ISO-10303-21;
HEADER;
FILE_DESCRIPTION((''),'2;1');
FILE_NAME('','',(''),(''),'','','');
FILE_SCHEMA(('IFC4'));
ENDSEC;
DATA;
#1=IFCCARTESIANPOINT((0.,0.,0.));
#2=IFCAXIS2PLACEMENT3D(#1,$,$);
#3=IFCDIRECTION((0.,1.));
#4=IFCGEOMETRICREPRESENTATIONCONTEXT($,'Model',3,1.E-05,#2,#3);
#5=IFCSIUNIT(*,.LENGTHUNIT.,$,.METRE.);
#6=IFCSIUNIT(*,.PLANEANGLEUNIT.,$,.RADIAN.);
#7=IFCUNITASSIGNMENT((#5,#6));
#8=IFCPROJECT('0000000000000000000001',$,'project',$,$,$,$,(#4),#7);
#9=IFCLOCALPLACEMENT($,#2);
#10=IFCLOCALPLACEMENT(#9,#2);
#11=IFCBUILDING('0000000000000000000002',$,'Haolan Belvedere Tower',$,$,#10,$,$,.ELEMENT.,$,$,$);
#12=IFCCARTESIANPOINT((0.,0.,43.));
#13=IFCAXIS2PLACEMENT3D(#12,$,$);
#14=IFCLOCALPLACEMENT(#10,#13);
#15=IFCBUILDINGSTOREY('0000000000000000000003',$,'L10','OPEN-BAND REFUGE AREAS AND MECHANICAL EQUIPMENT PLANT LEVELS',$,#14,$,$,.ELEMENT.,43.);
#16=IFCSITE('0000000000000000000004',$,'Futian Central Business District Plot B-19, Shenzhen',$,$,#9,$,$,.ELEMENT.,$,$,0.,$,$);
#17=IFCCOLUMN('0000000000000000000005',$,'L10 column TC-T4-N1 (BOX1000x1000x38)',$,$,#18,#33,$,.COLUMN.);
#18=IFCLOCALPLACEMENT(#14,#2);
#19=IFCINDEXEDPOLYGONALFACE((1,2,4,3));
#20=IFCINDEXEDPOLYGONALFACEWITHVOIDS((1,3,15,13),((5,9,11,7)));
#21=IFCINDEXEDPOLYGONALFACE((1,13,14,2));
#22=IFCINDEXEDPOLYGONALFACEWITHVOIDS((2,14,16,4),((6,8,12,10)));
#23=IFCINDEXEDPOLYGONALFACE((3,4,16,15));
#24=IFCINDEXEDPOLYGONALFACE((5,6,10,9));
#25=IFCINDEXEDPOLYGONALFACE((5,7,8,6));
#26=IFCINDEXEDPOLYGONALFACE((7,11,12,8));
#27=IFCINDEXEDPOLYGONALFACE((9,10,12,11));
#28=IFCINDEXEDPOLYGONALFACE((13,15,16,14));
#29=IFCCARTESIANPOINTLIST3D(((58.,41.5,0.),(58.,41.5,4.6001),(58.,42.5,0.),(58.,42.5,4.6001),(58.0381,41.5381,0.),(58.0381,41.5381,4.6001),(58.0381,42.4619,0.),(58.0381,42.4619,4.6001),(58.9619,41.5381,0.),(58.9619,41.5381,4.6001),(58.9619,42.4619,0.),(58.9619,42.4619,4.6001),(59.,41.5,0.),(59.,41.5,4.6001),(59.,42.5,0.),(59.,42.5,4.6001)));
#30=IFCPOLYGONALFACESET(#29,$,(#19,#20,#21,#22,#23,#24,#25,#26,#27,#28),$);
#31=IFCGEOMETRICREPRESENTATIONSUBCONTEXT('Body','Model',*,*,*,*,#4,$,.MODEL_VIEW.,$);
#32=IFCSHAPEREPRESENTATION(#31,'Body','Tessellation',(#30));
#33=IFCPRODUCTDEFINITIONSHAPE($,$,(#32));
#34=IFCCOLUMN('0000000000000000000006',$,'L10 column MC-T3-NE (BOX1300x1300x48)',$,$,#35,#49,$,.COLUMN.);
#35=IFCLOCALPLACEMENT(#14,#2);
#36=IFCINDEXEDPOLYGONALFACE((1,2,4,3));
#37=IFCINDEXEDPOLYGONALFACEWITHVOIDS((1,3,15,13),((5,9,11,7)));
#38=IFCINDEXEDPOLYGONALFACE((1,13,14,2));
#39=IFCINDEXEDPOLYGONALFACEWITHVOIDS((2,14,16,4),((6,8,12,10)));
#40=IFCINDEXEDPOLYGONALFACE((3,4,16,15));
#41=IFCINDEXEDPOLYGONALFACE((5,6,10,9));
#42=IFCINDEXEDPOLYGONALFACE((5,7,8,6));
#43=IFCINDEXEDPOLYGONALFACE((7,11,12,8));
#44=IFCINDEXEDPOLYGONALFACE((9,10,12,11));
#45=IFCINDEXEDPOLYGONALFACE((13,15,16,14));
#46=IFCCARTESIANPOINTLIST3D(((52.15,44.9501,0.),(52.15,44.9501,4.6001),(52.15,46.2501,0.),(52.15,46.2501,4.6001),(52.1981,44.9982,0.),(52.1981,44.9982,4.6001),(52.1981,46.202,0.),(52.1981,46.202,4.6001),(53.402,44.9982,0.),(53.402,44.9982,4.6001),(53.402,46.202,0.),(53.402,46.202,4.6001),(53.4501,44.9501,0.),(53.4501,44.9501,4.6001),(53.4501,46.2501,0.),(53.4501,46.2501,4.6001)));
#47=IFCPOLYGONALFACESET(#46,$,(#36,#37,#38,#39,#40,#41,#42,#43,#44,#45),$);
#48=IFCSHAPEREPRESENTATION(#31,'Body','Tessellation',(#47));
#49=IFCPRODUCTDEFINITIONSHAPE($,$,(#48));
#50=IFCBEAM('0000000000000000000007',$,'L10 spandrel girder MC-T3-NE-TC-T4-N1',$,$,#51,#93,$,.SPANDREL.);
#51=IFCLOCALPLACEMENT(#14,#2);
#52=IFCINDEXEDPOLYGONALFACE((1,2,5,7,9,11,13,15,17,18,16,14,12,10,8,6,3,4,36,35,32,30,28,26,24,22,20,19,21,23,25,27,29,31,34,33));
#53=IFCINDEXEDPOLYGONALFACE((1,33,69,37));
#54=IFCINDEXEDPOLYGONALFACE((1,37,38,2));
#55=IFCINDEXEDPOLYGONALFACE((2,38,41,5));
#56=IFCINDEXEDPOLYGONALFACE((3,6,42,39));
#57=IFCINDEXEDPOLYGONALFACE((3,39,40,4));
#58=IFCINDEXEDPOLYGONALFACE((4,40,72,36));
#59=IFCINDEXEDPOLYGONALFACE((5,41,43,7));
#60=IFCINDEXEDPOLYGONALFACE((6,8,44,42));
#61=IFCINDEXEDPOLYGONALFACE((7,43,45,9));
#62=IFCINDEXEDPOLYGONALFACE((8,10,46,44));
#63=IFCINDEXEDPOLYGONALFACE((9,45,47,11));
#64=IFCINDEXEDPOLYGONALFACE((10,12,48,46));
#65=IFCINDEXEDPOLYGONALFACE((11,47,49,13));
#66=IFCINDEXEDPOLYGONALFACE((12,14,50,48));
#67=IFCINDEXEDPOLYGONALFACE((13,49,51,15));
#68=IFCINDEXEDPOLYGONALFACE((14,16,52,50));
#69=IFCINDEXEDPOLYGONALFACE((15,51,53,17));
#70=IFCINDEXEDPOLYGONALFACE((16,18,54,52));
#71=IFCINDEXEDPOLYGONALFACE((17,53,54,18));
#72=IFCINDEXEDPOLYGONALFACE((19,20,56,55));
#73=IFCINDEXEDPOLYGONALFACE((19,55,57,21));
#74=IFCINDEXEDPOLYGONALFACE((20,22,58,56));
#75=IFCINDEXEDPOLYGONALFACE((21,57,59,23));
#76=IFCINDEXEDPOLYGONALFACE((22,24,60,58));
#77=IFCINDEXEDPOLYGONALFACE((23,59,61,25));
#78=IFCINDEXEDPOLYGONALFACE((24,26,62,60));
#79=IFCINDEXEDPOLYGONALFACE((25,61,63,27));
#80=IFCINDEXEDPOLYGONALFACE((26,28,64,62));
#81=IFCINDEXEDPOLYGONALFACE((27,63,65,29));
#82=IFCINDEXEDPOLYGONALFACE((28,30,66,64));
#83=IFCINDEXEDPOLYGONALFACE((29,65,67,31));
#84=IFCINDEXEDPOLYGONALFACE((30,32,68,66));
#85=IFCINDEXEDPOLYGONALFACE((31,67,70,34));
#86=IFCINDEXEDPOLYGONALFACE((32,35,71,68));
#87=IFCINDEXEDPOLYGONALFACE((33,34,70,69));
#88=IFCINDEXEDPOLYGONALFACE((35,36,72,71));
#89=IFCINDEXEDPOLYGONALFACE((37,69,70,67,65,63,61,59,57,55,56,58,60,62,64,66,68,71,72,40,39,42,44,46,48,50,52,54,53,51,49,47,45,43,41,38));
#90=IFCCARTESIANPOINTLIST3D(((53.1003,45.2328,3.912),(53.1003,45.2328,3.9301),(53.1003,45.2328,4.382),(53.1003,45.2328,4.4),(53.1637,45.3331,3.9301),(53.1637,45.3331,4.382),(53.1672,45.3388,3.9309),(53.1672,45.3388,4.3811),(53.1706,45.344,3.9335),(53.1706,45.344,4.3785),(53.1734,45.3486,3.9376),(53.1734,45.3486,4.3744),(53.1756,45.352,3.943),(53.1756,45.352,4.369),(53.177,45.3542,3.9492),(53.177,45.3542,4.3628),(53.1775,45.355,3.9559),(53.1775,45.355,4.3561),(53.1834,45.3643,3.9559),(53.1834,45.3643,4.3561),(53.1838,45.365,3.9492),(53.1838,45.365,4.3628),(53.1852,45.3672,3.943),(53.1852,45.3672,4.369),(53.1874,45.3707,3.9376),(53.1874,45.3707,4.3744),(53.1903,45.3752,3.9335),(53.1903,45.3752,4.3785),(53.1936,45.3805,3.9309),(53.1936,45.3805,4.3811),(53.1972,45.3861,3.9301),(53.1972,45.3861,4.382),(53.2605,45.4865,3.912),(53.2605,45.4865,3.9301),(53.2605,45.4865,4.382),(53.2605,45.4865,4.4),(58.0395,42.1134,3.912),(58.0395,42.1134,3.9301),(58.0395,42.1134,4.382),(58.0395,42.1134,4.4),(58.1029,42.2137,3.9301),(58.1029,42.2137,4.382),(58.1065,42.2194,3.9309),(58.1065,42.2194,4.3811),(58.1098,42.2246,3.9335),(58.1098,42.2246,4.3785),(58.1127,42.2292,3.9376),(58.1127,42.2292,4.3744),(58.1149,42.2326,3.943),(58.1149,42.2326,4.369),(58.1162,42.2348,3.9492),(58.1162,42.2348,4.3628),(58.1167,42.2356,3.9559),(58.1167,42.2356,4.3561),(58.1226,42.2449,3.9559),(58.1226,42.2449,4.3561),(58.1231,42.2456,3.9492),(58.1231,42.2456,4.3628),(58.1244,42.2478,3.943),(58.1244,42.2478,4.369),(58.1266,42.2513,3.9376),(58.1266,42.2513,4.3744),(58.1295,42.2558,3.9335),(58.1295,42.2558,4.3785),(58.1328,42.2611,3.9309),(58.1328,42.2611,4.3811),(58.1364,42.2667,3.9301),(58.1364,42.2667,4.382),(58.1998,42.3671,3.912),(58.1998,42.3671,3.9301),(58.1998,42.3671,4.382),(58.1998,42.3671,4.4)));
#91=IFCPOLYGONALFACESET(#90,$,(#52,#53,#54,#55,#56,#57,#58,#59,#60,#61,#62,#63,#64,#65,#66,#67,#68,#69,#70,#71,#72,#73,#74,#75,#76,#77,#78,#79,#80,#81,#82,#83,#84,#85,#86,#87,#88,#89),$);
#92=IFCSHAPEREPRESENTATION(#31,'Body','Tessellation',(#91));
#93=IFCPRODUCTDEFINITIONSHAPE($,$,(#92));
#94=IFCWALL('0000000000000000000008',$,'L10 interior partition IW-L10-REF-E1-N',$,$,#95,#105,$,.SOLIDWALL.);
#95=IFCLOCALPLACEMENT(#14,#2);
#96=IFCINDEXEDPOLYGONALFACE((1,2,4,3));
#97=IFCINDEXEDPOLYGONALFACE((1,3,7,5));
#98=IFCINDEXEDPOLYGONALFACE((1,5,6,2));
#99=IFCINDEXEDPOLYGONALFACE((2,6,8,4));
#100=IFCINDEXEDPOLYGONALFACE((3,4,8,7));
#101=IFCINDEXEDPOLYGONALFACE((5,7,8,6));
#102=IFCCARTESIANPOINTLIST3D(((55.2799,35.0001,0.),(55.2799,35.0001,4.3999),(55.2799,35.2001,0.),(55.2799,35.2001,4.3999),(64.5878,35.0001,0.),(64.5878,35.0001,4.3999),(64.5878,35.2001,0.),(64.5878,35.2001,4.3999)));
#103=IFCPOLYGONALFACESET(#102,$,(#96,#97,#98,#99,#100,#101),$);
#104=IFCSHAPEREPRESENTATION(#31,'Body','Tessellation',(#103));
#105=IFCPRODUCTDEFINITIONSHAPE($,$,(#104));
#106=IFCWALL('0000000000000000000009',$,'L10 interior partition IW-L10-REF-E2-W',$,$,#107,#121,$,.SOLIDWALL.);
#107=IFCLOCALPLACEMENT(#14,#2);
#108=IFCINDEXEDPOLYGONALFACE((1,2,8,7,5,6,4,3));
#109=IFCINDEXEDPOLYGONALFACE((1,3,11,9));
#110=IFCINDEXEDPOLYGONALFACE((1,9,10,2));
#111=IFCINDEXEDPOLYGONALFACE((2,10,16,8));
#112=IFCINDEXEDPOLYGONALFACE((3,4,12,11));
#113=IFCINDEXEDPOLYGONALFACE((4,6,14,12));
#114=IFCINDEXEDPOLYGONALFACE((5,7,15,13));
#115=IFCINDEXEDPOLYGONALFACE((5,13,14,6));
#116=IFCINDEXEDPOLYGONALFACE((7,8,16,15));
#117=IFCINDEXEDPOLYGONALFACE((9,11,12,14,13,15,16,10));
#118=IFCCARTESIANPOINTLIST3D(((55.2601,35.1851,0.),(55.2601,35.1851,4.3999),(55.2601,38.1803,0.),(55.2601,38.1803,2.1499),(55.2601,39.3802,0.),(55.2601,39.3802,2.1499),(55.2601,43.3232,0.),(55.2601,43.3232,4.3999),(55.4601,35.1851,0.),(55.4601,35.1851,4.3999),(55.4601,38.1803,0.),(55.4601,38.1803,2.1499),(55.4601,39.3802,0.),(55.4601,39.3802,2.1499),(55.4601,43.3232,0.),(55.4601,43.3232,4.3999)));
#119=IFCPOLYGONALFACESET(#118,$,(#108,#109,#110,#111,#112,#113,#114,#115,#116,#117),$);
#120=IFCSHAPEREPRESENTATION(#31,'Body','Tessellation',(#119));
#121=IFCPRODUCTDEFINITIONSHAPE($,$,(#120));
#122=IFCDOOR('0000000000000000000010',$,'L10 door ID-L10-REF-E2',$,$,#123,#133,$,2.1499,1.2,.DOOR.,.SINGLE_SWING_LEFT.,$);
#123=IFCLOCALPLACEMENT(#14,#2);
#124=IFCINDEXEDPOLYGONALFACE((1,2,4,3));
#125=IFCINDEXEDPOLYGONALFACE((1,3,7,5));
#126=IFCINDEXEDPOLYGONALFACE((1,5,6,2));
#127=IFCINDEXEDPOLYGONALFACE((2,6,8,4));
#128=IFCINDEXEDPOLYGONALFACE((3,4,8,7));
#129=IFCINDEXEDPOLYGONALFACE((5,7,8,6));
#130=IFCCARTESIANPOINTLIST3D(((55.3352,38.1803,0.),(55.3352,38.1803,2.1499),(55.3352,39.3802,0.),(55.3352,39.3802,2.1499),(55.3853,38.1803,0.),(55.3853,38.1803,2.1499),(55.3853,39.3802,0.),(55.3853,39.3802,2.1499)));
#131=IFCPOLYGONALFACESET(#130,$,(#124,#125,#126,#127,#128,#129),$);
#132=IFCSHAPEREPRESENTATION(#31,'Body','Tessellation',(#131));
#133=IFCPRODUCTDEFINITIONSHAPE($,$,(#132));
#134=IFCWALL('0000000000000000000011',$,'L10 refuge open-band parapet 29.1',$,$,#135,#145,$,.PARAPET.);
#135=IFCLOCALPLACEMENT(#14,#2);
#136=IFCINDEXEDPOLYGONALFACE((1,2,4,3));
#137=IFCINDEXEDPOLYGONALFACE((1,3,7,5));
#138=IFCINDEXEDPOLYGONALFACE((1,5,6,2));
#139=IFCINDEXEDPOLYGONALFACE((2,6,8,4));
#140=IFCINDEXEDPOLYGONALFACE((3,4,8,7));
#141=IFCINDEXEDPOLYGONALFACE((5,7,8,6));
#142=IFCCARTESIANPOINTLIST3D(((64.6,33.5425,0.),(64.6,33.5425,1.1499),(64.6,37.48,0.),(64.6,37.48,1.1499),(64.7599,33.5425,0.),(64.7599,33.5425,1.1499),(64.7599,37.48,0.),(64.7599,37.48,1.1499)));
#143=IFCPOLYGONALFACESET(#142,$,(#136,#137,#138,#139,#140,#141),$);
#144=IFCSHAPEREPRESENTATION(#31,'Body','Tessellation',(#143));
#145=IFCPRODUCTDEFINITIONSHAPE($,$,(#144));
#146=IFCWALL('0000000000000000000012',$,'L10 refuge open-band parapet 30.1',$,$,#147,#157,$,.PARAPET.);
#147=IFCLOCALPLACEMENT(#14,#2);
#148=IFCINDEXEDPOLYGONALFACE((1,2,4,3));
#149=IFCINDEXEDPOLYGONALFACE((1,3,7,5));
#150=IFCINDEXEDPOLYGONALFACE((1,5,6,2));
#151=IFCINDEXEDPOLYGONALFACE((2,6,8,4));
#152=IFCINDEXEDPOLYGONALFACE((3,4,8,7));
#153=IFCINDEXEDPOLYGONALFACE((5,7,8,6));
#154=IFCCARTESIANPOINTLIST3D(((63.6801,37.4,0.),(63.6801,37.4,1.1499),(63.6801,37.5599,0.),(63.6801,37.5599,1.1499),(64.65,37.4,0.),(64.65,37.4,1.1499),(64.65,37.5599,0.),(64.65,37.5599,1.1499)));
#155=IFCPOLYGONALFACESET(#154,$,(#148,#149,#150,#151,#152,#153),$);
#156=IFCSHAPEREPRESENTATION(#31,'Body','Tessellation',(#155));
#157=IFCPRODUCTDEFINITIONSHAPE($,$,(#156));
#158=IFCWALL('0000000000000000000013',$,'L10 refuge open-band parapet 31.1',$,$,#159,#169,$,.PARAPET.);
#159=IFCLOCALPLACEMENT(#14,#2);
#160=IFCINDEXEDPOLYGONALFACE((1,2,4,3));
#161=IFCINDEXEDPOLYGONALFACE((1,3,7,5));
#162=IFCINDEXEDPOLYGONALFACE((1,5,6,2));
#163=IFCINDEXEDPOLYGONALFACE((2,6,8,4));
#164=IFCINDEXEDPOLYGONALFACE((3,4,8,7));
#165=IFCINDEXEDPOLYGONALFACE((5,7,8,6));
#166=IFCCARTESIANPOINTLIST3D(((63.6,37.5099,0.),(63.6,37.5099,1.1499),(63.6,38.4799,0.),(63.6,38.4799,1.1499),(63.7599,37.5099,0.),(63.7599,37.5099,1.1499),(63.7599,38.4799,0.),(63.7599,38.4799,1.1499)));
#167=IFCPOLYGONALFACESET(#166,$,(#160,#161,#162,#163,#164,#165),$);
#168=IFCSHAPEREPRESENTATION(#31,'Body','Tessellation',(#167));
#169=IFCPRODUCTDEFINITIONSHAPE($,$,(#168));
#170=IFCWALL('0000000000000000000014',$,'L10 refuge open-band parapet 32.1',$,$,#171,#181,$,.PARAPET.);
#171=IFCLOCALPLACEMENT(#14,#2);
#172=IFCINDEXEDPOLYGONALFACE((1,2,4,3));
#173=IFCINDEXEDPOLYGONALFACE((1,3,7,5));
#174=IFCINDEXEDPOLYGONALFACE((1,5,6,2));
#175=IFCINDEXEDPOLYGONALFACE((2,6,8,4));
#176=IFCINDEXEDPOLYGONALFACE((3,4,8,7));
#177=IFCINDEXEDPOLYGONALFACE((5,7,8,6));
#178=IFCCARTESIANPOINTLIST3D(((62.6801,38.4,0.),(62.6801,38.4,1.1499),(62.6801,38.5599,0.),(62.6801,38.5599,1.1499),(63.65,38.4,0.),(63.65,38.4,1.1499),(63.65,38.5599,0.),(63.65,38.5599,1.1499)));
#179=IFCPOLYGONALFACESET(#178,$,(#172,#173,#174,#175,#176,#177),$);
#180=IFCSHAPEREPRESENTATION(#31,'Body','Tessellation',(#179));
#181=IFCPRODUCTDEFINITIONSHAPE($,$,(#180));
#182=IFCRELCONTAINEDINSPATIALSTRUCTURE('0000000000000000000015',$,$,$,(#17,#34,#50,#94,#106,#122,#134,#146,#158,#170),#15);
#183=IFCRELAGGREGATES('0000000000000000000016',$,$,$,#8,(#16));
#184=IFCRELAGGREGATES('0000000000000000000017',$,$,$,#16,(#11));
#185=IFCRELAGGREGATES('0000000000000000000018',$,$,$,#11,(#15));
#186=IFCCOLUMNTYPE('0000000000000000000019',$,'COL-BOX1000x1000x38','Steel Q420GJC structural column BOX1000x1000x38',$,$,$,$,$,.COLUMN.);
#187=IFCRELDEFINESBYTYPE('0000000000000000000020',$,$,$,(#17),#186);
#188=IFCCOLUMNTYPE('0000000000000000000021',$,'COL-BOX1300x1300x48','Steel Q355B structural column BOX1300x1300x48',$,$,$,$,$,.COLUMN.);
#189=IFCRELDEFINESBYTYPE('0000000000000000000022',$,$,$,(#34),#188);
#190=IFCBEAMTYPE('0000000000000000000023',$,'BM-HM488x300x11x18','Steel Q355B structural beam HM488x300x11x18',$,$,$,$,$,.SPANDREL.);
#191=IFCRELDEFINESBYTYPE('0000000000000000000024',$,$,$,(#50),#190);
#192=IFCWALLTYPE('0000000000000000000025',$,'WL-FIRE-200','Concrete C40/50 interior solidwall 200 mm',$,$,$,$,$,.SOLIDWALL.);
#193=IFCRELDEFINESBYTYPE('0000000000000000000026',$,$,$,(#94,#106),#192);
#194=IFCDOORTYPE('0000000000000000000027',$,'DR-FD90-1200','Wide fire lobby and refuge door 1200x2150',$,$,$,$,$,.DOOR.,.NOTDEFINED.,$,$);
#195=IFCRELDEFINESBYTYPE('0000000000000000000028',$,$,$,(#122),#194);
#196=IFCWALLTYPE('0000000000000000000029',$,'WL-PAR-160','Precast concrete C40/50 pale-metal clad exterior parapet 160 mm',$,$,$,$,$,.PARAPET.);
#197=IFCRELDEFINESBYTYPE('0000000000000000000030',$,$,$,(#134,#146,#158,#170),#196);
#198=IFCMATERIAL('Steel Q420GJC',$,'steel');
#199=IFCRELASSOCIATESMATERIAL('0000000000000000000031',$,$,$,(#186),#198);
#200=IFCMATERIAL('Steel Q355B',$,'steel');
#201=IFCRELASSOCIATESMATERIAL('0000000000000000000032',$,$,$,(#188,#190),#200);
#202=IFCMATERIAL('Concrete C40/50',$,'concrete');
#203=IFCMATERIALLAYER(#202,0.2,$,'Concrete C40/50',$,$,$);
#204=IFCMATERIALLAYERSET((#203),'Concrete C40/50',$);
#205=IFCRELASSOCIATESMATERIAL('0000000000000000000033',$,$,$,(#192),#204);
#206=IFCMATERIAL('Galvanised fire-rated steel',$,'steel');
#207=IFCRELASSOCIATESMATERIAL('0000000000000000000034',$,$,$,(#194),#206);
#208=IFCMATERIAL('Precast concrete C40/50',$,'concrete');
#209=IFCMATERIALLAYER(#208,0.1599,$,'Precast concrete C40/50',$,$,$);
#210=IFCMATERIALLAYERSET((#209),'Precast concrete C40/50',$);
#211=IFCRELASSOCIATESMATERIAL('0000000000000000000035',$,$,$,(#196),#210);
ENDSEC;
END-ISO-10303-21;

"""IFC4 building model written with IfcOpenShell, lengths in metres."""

from ifc_helpers import new_model, si_unit, direction, frame, frame_2d, origin, origin_2d, place, context, subcontext, project, spatial, rectangle, hollow_rectangle, i_section, extrude, material, layer, layer_set, material_profile, profile_set, type_object, element, fill, save


model = new_model("IFC4")

# Units and contexts
model_context = context("Model", 3, precision=1e-05, world=origin(), true_north=direction((0.0, 1.0)))
body_context = subcontext(model_context, "Body", "Model", "MODEL_VIEW")
ifc_project = project(units=[si_unit("LENGTHUNIT", "METRE"), si_unit("PLANEANGLEUNIT", "RADIAN")], contexts=[model_context])

# Site, building, storey
site_placement = place(None, origin())
site = spatial("IfcSite", under=ifc_project, at=site_placement, Name="Futian Central Business District Plot B-19, Shenzhen", CompositionType="ELEMENT", RefElevation=0.0)
building_placement = place(site_placement, origin())
building = spatial("IfcBuilding", under=site, at=building_placement, Name="Haolan Belvedere Tower", CompositionType="ELEMENT")
storey_placement = place(building_placement, frame((0.0, 0.0, 43.0)))
storey = spatial("IfcBuildingStorey", under=building, at=storey_placement, Name="L10", Description="OPEN-BAND REFUGE AREAS AND MECHANICAL EQUIPMENT PLANT LEVELS", CompositionType="ELEMENT", Elevation=43.0)

# Columns
ifc_material_1 = material(Name="Steel Q420GJC", Category="steel")
ifc_material_profile_1 = material_profile(ifc_material_1, hollow_rectangle(XDim=1.0, YDim=1.0, WallThickness=0.0381, at=origin_2d()), Name="Steel Q420GJC")
ifc_profile_set_1 = profile_set([ifc_material_profile_1], Name="Steel Q420GJC")
column_type_1 = type_object("IfcColumnType", Name="COL-BOX1000x1000x38", Description="Steel Q420GJC structural column BOX1000x1000x38", PredefinedType="COLUMN", material=ifc_profile_set_1)
column_1_placement = place(storey_placement, frame((58.5, 42.0, 0.0), z_axis=(0.0, 0.0, 1.0), x_axis=(1.0, 0.0, 0.0)))
element("IfcColumn", 1, at=column_1_placement, inside=storey, type_object=column_type_1, Name="L10 column TC-T4-N1 (BOX1000x1000x38)", PredefinedType="COLUMN", context=body_context, shape_type="SweptSolid", body=[
    extrude(hollow_rectangle(XDim=1.0, YDim=1.0, WallThickness=0.0381, at=origin_2d()), origin(), (0.0, 0.0, 1.0), 4.6001),
])
ifc_material_2 = material(Name="Steel Q355B", Category="steel")
ifc_material_profile_2 = material_profile(ifc_material_2, hollow_rectangle(XDim=1.3, YDim=1.3, WallThickness=0.0481, at=origin_2d()), Name="Steel Q355B")
ifc_profile_set_2 = profile_set([ifc_material_profile_2], Name="Steel Q355B")
column_type_2 = type_object("IfcColumnType", Name="COL-BOX1300x1300x48", Description="Steel Q355B structural column BOX1300x1300x48", PredefinedType="COLUMN", material=ifc_profile_set_2)
column_2_placement = place(storey_placement, frame((52.8, 45.6001, 0.0), z_axis=(0.0, 0.0, 1.0), x_axis=(1.0, 0.0, 0.0)))
element("IfcColumn", 2, at=column_2_placement, inside=storey, type_object=column_type_2, Name="L10 column MC-T3-NE (BOX1300x1300x48)", PredefinedType="COLUMN", context=body_context, shape_type="SweptSolid", body=[
    extrude(hollow_rectangle(XDim=1.3, YDim=1.3, WallThickness=0.0481, at=origin_2d()), origin(), (0.0, 0.0, 1.0), 4.6001),
])

# Beam
ifc_material_profile_3 = material_profile(ifc_material_2, i_section(OverallWidth=0.3, OverallDepth=0.488, WebThickness=0.011, FlangeThickness=0.0181, FilletRadius=0.0259, at=origin_2d()), Name="Steel Q355B")
ifc_profile_set_3 = profile_set([ifc_material_profile_3], Name="Steel Q355B")
beam_type = type_object("IfcBeamType", Name="BM-HM488x300x11x18", Description="Steel Q355B structural beam HM488x300x11x18", PredefinedType="SPANDREL", material=ifc_profile_set_3)
beam_placement = place(storey_placement, frame((53.1804, 45.3596, 4.156), z_axis=(0.845498, -0.533979, 0.0), x_axis=(0.533979, 0.845498, 0.0)))
element("IfcBeam", 3, at=beam_placement, inside=storey, type_object=beam_type, Name="L10 spandrel girder MC-T3-NE-TC-T4-N1", PredefinedType="SPANDREL", context=body_context, shape_type="SweptSolid", body=[
    extrude(i_section(OverallWidth=0.3, OverallDepth=0.488, WebThickness=0.011, FlangeThickness=0.0181, FilletRadius=0.0259, at=origin_2d()), origin(), (0.0, 0.0, 1.0), 5.8418),
])

# Wall
ifc_material_3 = material(Name="Concrete C40/50", Category="concrete")
ifc_layer_1 = layer(ifc_material_3, 0.2, Name="Concrete C40/50")
ifc_layer_set_1 = layer_set([ifc_layer_1], Name="Concrete C40/50")
wall_type_1 = type_object("IfcWallType", Name="WL-FIRE-200", Description="Concrete C40/50 interior solidwall 200 mm", PredefinedType="SOLIDWALL", material=ifc_layer_set_1)
wall_1_placement = place(storey_placement, frame((55.28, 35.1001, 0.0), z_axis=(0.0, 0.0, 1.0), x_axis=(1.0, 0.0, 0.0)))
element("IfcWall", 4, at=wall_1_placement, inside=storey, type_object=wall_type_1, Name="L10 interior partition IW-L10-REF-E1-N", PredefinedType="SOLIDWALL", context=body_context, shape_type="SweptSolid", body=[
    extrude(rectangle(XDim=9.3079, YDim=0.2, at=frame_2d((4.6538, 0.0))), origin(), (0.0, 0.0, 1.0), 4.3999),
])

# Wall, opening, door
wall_2_placement = place(storey_placement, frame((55.3601, 35.1851, 0.0), z_axis=(0.0, 0.0, 1.0), x_axis=(0.0, 1.0, 0.0)))
wall_2 = element("IfcWall", 5, at=wall_2_placement, inside=storey, type_object=wall_type_1, Name="L10 interior partition IW-L10-REF-E2-W", PredefinedType="SOLIDWALL", context=body_context, shape_type="SweptSolid", body=[
    extrude(rectangle(XDim=8.1382, YDim=0.2, at=frame_2d((4.0691, 0.0))), origin(), (0.0, 0.0, 1.0), 4.3999),
])
opening_placement = place(wall_2_placement, frame((2.9951, 0.0, 0.0)))
opening = element("IfcOpeningElement", 6, at=opening_placement, cuts=wall_2, PredefinedType="OPENING", context=body_context, shape_type="SweptSolid", body=[
    extrude(rectangle(XDim=1.2, YDim=2.1499, at=frame_2d((0.6001, 1.075))), frame((0.0, 0.1099, 0.0), z_axis=(0.0, -1.0, 0.0), x_axis=(1.0, 0.0, 0.0)), (0.0, 0.0, 1.0), 0.22),
])
ifc_material_4 = material(Name="Galvanised fire-rated steel", Category="steel")
door_type = type_object("IfcDoorType", Name="DR-FD90-1200", Description="Wide fire lobby and refuge door 1200x2150", OperationType="NOTDEFINED", PredefinedType="DOOR", material=ifc_material_4)
door_placement = place(opening_placement, origin())
door = element("IfcDoor", 7, at=door_placement, inside=storey, type_object=door_type, Name="L10 door ID-L10-REF-E2", OperationType="SINGLE_SWING_LEFT", OverallHeight=2.1499, OverallWidth=1.2, PredefinedType="DOOR", context=body_context, shape_type="SweptSolid", body=[
    extrude(rectangle(XDim=1.2, YDim=2.1499, at=frame_2d((0.6001, 1.075))), frame((0.0, 0.0249, 0.0), z_axis=(0.0, -1.0, 0.0), x_axis=(1.0, 0.0, 0.0)), (0.0, 0.0, 1.0), 0.05),
])
fill(opening, door)

# Walls
ifc_material_5 = material(Name="Precast concrete C40/50", Category="concrete")
ifc_layer_2 = layer(ifc_material_5, 0.1599, Name="Precast concrete C40/50")
ifc_layer_set_2 = layer_set([ifc_layer_2], Name="Precast concrete C40/50")
wall_type_2 = type_object("IfcWallType", Name="WL-PAR-160", Description="Precast concrete C40/50 pale-metal clad exterior parapet 160 mm", PredefinedType="PARAPET", material=ifc_layer_set_2)
wall_3_placement = place(storey_placement, frame((64.6799, 33.5425, 0.0), z_axis=(0.0, 0.0, 1.0), x_axis=(0.0, 1.0, 0.0)))
element("IfcWall", 8, at=wall_3_placement, inside=storey, type_object=wall_type_2, Name="L10 refuge open-band parapet 29.1", PredefinedType="PARAPET", context=body_context, shape_type="SweptSolid", body=[
    extrude(rectangle(XDim=3.9375, YDim=0.1599, at=frame_2d((1.9688, 0.0))), origin(), (0.0, 0.0, 1.0), 1.1499),
])
for number, where, z_axis, x_axis, name in (
    (9, (64.6499, 37.48, 0.0), (0.0, 0.0, 1.0), (-1.0, 0.0, 0.0), "L10 refuge open-band parapet 30.1"),
    (10, (63.6799, 37.51, 0.0), (0.0, 0.0, 1.0), (0.0, 1.0, 0.0), "L10 refuge open-band parapet 31.1"),
    (11, (63.6499, 38.48, 0.0), (0.0, 0.0, 1.0), (-1.0, 0.0, 0.0), "L10 refuge open-band parapet 32.1"),
):
    element("IfcWall", number, at=place(storey_placement, frame(where, z_axis=z_axis, x_axis=x_axis)), inside=storey, type_object=wall_type_2, Name=name, PredefinedType="PARAPET", context=body_context, shape_type="SweptSolid", body=[
        extrude(rectangle(XDim=0.97, YDim=0.1599, at=frame_2d((0.4849, 0.0))), origin(), (0.0, 0.0, 1.0), 1.1499),
    ])

save(model, "model.ifc")
